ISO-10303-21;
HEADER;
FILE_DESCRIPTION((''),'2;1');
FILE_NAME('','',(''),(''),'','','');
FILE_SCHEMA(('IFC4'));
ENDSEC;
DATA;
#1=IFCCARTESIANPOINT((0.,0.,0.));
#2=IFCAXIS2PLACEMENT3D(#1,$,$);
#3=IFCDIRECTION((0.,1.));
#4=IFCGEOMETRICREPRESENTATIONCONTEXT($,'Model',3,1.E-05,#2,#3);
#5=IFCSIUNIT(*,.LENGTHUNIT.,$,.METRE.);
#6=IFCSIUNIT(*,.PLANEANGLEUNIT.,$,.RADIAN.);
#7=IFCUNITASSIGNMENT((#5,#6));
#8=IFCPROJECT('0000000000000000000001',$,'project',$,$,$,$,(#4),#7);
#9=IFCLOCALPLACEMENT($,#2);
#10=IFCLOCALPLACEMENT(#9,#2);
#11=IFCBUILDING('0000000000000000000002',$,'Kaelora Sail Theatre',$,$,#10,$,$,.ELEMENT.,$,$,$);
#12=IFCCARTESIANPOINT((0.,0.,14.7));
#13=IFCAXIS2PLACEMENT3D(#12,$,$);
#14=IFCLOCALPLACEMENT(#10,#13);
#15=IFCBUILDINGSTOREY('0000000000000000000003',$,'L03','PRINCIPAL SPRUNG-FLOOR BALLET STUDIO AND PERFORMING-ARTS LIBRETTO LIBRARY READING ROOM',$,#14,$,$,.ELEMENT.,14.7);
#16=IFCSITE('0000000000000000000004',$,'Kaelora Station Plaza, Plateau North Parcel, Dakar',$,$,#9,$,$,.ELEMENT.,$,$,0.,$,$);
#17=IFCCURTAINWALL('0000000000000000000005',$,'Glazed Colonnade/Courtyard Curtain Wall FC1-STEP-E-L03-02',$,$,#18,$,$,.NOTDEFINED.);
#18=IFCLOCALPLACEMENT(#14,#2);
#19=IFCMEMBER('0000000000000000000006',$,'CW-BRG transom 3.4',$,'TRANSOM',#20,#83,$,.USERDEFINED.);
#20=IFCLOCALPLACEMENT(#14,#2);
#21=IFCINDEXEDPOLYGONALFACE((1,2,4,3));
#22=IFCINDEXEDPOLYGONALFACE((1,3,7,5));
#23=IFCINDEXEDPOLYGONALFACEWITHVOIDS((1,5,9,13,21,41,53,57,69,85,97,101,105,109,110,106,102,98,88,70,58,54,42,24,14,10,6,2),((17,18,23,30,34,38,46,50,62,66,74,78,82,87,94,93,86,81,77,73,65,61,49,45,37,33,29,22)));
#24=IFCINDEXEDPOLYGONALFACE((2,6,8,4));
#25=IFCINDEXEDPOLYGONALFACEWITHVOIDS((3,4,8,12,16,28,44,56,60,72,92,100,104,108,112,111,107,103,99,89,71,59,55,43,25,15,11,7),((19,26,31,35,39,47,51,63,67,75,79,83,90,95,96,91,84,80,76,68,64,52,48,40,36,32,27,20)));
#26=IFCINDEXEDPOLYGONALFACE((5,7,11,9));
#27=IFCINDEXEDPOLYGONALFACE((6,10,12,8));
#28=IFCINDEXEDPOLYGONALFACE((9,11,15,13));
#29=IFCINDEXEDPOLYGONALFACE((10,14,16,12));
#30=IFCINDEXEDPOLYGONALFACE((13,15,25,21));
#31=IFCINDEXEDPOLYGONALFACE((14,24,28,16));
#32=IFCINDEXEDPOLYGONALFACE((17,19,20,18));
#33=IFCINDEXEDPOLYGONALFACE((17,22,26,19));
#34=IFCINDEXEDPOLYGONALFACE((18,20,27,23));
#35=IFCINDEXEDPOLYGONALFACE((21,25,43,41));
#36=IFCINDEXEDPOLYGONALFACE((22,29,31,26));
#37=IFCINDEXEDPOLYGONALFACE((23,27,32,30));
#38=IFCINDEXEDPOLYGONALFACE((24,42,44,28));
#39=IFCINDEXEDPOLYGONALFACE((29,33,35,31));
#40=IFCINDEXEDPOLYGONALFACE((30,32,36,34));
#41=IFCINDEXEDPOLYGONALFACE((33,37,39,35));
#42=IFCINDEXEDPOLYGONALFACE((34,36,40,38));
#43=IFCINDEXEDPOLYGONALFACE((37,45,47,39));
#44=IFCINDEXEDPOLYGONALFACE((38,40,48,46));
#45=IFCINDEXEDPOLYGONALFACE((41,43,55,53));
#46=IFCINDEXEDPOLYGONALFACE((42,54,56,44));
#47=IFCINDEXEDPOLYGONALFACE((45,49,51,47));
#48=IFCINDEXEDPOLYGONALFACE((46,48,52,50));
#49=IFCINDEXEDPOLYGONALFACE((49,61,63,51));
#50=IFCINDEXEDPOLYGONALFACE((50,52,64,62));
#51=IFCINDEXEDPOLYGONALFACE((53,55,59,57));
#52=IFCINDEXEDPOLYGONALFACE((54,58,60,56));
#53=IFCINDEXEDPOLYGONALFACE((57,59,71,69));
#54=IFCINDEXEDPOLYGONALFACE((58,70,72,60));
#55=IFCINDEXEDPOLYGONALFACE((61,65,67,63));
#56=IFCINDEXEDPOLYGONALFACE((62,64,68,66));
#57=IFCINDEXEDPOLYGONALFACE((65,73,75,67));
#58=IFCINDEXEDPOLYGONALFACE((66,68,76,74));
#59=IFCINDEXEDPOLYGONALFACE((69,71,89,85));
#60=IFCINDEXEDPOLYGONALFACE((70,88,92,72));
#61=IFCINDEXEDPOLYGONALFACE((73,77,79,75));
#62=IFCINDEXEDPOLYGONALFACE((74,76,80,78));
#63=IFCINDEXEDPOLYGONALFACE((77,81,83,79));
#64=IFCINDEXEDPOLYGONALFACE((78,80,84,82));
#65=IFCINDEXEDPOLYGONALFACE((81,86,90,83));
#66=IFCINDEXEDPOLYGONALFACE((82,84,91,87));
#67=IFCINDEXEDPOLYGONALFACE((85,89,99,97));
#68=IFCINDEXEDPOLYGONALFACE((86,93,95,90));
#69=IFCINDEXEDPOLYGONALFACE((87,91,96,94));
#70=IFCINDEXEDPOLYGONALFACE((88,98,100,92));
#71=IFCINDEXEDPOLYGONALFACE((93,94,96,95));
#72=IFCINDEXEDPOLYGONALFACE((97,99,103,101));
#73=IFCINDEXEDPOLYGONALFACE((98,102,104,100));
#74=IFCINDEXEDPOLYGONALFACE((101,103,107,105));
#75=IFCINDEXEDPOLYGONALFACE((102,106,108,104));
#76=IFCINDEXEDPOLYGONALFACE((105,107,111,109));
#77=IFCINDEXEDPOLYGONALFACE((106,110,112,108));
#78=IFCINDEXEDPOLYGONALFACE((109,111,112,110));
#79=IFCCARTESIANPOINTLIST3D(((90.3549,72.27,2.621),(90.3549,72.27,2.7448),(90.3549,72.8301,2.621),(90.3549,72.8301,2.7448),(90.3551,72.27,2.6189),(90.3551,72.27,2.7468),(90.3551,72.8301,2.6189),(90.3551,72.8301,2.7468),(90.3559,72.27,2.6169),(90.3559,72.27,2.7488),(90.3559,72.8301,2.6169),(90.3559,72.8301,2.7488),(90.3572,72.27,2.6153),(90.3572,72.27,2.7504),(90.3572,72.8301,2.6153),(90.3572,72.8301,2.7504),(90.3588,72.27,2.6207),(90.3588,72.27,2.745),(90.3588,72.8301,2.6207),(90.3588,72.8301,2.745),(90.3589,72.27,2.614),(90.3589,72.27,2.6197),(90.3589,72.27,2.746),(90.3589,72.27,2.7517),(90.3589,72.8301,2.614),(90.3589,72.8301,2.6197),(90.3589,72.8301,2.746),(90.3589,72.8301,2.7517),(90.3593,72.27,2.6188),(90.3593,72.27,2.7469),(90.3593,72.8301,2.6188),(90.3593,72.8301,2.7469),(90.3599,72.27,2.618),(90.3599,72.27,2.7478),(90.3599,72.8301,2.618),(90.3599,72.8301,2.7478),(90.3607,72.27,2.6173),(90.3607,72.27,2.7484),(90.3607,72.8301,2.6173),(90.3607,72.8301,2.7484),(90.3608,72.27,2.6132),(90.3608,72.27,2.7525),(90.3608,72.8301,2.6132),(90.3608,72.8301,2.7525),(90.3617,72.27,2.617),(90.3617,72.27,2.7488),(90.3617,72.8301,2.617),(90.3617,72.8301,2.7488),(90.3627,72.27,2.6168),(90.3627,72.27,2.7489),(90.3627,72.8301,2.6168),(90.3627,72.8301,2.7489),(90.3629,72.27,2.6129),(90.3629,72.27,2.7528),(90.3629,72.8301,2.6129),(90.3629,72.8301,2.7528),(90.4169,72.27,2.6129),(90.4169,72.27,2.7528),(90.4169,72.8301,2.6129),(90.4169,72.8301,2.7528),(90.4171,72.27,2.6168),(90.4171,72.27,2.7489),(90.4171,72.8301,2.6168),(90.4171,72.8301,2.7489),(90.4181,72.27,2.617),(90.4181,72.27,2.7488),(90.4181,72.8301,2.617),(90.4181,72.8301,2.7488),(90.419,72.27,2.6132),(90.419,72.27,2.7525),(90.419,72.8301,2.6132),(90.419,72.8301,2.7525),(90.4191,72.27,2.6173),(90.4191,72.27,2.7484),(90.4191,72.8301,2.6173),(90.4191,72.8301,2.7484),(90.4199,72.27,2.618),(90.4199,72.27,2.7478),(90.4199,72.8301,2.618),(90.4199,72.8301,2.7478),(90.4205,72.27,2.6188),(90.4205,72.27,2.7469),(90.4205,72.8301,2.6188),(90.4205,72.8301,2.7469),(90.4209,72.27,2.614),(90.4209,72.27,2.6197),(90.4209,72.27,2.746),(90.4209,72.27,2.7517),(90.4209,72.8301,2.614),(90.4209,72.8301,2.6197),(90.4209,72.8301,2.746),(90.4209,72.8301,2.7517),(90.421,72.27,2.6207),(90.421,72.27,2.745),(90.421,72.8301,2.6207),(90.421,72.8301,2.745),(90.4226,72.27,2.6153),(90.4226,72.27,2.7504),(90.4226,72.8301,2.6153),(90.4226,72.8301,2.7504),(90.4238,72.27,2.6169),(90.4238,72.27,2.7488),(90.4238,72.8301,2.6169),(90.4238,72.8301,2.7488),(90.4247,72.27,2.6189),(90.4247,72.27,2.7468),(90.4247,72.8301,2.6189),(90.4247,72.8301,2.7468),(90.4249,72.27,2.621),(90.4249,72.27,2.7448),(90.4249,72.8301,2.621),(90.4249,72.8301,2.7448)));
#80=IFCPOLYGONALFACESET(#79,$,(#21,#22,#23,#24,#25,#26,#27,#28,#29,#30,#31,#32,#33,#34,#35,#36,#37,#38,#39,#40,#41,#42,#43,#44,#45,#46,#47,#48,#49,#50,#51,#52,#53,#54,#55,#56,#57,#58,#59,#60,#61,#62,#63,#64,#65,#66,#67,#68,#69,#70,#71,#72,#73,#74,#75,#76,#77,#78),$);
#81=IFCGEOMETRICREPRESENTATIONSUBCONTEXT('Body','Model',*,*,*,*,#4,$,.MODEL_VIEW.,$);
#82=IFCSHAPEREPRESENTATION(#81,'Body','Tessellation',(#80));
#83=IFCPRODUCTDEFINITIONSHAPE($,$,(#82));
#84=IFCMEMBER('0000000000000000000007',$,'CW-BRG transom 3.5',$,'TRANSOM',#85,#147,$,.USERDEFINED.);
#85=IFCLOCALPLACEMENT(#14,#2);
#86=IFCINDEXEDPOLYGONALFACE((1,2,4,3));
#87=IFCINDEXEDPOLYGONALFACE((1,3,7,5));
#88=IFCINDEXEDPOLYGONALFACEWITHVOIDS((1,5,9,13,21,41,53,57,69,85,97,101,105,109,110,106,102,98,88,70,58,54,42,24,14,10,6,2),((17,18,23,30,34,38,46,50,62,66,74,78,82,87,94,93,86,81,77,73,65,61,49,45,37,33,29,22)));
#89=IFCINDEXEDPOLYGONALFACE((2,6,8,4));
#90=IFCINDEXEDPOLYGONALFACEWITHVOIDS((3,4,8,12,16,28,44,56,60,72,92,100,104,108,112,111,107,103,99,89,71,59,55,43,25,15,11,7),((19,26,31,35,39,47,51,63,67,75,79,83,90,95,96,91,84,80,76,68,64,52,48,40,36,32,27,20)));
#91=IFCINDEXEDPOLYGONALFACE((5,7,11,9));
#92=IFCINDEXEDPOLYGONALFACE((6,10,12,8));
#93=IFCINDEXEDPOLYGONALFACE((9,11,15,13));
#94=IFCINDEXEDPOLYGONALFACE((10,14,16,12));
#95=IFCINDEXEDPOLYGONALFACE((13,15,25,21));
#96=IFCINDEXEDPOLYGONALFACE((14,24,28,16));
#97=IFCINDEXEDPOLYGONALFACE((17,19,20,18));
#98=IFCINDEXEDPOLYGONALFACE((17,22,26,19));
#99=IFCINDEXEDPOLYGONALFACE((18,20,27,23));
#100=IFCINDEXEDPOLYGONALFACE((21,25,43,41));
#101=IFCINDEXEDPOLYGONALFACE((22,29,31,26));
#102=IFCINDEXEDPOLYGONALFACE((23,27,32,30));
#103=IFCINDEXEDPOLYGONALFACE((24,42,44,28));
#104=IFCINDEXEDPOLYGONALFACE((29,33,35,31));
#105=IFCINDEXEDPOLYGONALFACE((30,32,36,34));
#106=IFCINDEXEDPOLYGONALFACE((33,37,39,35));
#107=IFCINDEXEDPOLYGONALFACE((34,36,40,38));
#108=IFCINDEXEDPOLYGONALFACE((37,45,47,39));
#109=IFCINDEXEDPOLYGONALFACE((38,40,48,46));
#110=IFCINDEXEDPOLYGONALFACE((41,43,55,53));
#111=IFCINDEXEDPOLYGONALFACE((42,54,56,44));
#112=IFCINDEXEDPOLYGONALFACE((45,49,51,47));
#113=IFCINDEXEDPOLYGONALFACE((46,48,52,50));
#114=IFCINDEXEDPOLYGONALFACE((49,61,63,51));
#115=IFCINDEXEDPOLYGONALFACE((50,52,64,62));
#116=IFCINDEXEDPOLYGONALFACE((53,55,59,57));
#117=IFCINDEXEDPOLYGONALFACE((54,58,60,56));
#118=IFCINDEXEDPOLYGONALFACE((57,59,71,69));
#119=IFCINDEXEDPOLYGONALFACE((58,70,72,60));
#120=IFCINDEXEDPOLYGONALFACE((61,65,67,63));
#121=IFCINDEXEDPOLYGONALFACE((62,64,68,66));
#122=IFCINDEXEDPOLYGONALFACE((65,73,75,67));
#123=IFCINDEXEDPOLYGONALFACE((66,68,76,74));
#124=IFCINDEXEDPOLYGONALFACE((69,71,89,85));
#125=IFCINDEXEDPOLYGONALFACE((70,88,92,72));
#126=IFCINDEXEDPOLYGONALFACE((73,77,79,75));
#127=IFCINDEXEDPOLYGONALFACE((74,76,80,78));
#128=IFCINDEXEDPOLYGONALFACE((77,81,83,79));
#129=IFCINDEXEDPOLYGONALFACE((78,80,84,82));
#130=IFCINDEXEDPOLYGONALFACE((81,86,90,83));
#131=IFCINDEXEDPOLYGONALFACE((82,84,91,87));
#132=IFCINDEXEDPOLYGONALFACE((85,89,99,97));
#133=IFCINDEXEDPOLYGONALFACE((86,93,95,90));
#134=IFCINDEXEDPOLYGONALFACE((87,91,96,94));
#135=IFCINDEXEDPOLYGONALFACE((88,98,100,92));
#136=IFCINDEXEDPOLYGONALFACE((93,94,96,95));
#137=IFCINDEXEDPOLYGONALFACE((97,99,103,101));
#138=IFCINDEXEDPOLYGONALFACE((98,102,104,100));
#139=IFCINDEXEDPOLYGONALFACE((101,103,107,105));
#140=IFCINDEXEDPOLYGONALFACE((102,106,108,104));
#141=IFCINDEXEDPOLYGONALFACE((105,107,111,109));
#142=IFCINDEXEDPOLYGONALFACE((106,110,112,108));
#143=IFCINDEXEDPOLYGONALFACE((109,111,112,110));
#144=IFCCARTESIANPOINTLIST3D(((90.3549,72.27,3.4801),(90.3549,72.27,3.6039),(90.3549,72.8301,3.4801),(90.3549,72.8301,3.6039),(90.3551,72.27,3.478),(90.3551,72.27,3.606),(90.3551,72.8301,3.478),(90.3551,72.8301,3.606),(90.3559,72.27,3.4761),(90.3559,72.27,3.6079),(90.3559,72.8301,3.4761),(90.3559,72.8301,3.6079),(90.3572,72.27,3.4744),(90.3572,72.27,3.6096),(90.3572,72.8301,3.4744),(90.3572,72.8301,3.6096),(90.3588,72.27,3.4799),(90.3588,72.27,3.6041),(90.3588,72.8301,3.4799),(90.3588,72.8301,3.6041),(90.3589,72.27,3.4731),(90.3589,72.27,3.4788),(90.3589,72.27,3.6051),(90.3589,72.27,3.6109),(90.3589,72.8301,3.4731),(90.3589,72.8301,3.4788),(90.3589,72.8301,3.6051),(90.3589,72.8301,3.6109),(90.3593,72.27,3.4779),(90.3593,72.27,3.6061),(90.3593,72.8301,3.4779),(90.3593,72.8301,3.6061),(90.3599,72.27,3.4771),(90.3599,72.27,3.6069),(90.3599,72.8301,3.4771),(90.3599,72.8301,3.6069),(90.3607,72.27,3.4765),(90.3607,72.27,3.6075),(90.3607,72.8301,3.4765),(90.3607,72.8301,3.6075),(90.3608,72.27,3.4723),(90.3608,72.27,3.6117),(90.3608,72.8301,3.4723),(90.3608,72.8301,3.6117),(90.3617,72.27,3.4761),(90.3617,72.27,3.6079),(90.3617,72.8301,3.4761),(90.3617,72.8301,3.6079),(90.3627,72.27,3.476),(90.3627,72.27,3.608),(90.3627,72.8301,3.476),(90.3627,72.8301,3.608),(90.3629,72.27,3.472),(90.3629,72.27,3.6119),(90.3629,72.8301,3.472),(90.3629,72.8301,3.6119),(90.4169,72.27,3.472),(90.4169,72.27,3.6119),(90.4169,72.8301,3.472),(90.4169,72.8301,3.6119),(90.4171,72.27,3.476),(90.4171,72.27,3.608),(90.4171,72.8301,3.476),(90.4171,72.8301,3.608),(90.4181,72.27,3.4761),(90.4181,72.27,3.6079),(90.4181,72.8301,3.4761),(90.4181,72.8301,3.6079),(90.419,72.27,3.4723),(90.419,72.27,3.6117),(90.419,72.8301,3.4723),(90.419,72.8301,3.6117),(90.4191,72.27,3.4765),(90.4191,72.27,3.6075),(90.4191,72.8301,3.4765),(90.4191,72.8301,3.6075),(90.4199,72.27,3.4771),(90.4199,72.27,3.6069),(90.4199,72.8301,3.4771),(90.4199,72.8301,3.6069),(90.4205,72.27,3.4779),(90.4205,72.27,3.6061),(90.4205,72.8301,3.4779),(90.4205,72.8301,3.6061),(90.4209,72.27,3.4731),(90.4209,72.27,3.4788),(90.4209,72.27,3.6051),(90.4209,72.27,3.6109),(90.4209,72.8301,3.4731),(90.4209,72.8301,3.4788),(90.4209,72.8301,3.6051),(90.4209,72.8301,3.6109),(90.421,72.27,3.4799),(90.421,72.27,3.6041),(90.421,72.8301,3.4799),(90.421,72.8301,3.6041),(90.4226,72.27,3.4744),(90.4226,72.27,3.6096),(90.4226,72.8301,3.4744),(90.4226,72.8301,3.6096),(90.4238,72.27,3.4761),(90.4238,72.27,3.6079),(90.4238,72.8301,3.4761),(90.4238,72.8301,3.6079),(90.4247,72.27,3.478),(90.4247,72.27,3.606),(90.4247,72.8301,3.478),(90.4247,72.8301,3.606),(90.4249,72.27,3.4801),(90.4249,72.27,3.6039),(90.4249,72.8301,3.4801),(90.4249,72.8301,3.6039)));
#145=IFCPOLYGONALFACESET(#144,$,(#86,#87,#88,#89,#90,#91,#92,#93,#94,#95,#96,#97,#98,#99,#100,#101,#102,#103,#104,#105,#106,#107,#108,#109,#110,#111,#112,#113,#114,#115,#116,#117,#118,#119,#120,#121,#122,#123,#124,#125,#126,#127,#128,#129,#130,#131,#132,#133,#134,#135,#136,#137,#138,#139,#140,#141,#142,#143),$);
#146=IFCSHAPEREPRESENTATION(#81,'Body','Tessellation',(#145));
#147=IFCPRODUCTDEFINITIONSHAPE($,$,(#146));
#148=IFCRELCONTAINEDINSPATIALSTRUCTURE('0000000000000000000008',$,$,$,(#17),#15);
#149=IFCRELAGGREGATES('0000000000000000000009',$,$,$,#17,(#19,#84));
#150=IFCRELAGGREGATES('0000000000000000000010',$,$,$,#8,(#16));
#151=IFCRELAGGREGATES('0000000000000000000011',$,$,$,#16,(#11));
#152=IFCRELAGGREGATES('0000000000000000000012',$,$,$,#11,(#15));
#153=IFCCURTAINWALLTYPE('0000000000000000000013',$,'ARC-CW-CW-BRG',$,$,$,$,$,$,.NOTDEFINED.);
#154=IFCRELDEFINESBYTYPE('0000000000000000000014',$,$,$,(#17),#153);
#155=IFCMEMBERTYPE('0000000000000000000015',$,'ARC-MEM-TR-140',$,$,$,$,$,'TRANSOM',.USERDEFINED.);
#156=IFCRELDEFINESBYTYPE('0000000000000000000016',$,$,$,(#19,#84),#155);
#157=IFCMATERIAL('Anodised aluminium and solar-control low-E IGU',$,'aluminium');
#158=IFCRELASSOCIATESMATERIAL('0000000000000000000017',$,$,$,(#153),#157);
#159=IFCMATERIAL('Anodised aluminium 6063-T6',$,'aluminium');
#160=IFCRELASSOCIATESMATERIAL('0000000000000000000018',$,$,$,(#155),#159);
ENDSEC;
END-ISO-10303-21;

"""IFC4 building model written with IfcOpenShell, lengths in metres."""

from ifc_helpers import new_model, si_unit, direction, frame, origin, origin_2d, place, context, subcontext, project, spatial, hollow_rectangle, extrude, material, material_profile, profile_set, type_object, element, aggregate, save


model = new_model("IFC4")

# Units and contexts
model_context = context("Model", 3, precision=1e-05, world=origin(), true_north=direction((0.0, 1.0)))
body_context = subcontext(model_context, "Body", "Model", "MODEL_VIEW")
ifc_project = project(units=[si_unit("LENGTHUNIT", "METRE"), si_unit("PLANEANGLEUNIT", "RADIAN")], contexts=[model_context])

# Site, building, storey
site_placement = place(None, origin())
site = spatial("IfcSite", under=ifc_project, at=site_placement, Name="Kaelora Station Plaza, Plateau North Parcel, Dakar", CompositionType="ELEMENT", RefElevation=0.0)
building_placement = place(site_placement, origin())
building = spatial("IfcBuilding", under=site, at=building_placement, Name="Kaelora Sail Theatre", CompositionType="ELEMENT")
storey_placement = place(building_placement, frame((0.0, 0.0, 14.7)))
storey = spatial("IfcBuildingStorey", under=building, at=storey_placement, Name="L03", Description="PRINCIPAL SPRUNG-FLOOR BALLET STUDIO AND PERFORMING-ARTS LIBRETTO LIBRARY READING ROOM", CompositionType="ELEMENT", Elevation=14.7)

# Curtain wall, members
ifc_material_1 = material(Name="Anodised aluminium and solar-control low-E IGU", Category="aluminium")
curtain_wall_type = type_object("IfcCurtainWallType", Name="ARC-CW-CW-BRG", PredefinedType="NOTDEFINED", material=ifc_material_1)
curtain_wall_placement = place(storey_placement, origin())
curtain_wall = element("IfcCurtainWall", 1, at=curtain_wall_placement, inside=storey, type_object=curtain_wall_type, Name="Glazed Colonnade/Courtyard Curtain Wall FC1-STEP-E-L03-02", PredefinedType="NOTDEFINED")
ifc_material_2 = material(Name="Anodised aluminium 6063-T6", Category="aluminium")
ifc_material_profile_1 = material_profile(ifc_material_2, hollow_rectangle(XDim=0.0701, YDim=0.1399, WallThickness=0.0039, InnerFilletRadius=0.0039, OuterFilletRadius=0.0081, at=origin_2d()), Name="ALU-TRAN 70x140x4")
ifc_profile_set_1 = profile_set([ifc_material_profile_1], Name="Anodised aluminium 6063-T6")
member_type_1 = type_object("IfcMemberType", Name="ARC-MEM-TR-140", ElementType="TRANSOM", PredefinedType="USERDEFINED", material=ifc_profile_set_1)
member_1_placement = place(storey_placement, frame((90.3899, 72.27, 2.6829), z_axis=(0.0, 1.0, 0.0), x_axis=(-1.0, 0.0, 0.0)))
member_1 = element("IfcMember", 2, at=member_1_placement, type_object=member_type_1, Name="CW-BRG transom 3.4", ObjectType="TRANSOM", PredefinedType="USERDEFINED", context=body_context, shape_type="SweptSolid", body=[
    extrude(hollow_rectangle(XDim=0.0701, YDim=0.1399, WallThickness=0.0039, InnerFilletRadius=0.0039, OuterFilletRadius=0.0081, at=origin_2d()), origin(), (0.0, 0.0, 1.0), 0.5601),
])
member_2_placement = place(storey_placement, frame((90.3899, 72.27, 3.542), z_axis=(0.0, 1.0, 0.0), x_axis=(-1.0, 0.0, 0.0)))
member_2 = element("IfcMember", 3, at=member_2_placement, type_object=member_type_1, Name="CW-BRG transom 3.5", ObjectType="TRANSOM", PredefinedType="USERDEFINED", context=body_context, shape_type="SweptSolid", body=[
    extrude(hollow_rectangle(XDim=0.0701, YDim=0.1399, WallThickness=0.0039, InnerFilletRadius=0.0039, OuterFilletRadius=0.0081, at=origin_2d()), origin(), (0.0, 0.0, 1.0), 0.5601),
])
aggregate(curtain_wall, [member_1, member_2])

save(model, "model.ifc")
